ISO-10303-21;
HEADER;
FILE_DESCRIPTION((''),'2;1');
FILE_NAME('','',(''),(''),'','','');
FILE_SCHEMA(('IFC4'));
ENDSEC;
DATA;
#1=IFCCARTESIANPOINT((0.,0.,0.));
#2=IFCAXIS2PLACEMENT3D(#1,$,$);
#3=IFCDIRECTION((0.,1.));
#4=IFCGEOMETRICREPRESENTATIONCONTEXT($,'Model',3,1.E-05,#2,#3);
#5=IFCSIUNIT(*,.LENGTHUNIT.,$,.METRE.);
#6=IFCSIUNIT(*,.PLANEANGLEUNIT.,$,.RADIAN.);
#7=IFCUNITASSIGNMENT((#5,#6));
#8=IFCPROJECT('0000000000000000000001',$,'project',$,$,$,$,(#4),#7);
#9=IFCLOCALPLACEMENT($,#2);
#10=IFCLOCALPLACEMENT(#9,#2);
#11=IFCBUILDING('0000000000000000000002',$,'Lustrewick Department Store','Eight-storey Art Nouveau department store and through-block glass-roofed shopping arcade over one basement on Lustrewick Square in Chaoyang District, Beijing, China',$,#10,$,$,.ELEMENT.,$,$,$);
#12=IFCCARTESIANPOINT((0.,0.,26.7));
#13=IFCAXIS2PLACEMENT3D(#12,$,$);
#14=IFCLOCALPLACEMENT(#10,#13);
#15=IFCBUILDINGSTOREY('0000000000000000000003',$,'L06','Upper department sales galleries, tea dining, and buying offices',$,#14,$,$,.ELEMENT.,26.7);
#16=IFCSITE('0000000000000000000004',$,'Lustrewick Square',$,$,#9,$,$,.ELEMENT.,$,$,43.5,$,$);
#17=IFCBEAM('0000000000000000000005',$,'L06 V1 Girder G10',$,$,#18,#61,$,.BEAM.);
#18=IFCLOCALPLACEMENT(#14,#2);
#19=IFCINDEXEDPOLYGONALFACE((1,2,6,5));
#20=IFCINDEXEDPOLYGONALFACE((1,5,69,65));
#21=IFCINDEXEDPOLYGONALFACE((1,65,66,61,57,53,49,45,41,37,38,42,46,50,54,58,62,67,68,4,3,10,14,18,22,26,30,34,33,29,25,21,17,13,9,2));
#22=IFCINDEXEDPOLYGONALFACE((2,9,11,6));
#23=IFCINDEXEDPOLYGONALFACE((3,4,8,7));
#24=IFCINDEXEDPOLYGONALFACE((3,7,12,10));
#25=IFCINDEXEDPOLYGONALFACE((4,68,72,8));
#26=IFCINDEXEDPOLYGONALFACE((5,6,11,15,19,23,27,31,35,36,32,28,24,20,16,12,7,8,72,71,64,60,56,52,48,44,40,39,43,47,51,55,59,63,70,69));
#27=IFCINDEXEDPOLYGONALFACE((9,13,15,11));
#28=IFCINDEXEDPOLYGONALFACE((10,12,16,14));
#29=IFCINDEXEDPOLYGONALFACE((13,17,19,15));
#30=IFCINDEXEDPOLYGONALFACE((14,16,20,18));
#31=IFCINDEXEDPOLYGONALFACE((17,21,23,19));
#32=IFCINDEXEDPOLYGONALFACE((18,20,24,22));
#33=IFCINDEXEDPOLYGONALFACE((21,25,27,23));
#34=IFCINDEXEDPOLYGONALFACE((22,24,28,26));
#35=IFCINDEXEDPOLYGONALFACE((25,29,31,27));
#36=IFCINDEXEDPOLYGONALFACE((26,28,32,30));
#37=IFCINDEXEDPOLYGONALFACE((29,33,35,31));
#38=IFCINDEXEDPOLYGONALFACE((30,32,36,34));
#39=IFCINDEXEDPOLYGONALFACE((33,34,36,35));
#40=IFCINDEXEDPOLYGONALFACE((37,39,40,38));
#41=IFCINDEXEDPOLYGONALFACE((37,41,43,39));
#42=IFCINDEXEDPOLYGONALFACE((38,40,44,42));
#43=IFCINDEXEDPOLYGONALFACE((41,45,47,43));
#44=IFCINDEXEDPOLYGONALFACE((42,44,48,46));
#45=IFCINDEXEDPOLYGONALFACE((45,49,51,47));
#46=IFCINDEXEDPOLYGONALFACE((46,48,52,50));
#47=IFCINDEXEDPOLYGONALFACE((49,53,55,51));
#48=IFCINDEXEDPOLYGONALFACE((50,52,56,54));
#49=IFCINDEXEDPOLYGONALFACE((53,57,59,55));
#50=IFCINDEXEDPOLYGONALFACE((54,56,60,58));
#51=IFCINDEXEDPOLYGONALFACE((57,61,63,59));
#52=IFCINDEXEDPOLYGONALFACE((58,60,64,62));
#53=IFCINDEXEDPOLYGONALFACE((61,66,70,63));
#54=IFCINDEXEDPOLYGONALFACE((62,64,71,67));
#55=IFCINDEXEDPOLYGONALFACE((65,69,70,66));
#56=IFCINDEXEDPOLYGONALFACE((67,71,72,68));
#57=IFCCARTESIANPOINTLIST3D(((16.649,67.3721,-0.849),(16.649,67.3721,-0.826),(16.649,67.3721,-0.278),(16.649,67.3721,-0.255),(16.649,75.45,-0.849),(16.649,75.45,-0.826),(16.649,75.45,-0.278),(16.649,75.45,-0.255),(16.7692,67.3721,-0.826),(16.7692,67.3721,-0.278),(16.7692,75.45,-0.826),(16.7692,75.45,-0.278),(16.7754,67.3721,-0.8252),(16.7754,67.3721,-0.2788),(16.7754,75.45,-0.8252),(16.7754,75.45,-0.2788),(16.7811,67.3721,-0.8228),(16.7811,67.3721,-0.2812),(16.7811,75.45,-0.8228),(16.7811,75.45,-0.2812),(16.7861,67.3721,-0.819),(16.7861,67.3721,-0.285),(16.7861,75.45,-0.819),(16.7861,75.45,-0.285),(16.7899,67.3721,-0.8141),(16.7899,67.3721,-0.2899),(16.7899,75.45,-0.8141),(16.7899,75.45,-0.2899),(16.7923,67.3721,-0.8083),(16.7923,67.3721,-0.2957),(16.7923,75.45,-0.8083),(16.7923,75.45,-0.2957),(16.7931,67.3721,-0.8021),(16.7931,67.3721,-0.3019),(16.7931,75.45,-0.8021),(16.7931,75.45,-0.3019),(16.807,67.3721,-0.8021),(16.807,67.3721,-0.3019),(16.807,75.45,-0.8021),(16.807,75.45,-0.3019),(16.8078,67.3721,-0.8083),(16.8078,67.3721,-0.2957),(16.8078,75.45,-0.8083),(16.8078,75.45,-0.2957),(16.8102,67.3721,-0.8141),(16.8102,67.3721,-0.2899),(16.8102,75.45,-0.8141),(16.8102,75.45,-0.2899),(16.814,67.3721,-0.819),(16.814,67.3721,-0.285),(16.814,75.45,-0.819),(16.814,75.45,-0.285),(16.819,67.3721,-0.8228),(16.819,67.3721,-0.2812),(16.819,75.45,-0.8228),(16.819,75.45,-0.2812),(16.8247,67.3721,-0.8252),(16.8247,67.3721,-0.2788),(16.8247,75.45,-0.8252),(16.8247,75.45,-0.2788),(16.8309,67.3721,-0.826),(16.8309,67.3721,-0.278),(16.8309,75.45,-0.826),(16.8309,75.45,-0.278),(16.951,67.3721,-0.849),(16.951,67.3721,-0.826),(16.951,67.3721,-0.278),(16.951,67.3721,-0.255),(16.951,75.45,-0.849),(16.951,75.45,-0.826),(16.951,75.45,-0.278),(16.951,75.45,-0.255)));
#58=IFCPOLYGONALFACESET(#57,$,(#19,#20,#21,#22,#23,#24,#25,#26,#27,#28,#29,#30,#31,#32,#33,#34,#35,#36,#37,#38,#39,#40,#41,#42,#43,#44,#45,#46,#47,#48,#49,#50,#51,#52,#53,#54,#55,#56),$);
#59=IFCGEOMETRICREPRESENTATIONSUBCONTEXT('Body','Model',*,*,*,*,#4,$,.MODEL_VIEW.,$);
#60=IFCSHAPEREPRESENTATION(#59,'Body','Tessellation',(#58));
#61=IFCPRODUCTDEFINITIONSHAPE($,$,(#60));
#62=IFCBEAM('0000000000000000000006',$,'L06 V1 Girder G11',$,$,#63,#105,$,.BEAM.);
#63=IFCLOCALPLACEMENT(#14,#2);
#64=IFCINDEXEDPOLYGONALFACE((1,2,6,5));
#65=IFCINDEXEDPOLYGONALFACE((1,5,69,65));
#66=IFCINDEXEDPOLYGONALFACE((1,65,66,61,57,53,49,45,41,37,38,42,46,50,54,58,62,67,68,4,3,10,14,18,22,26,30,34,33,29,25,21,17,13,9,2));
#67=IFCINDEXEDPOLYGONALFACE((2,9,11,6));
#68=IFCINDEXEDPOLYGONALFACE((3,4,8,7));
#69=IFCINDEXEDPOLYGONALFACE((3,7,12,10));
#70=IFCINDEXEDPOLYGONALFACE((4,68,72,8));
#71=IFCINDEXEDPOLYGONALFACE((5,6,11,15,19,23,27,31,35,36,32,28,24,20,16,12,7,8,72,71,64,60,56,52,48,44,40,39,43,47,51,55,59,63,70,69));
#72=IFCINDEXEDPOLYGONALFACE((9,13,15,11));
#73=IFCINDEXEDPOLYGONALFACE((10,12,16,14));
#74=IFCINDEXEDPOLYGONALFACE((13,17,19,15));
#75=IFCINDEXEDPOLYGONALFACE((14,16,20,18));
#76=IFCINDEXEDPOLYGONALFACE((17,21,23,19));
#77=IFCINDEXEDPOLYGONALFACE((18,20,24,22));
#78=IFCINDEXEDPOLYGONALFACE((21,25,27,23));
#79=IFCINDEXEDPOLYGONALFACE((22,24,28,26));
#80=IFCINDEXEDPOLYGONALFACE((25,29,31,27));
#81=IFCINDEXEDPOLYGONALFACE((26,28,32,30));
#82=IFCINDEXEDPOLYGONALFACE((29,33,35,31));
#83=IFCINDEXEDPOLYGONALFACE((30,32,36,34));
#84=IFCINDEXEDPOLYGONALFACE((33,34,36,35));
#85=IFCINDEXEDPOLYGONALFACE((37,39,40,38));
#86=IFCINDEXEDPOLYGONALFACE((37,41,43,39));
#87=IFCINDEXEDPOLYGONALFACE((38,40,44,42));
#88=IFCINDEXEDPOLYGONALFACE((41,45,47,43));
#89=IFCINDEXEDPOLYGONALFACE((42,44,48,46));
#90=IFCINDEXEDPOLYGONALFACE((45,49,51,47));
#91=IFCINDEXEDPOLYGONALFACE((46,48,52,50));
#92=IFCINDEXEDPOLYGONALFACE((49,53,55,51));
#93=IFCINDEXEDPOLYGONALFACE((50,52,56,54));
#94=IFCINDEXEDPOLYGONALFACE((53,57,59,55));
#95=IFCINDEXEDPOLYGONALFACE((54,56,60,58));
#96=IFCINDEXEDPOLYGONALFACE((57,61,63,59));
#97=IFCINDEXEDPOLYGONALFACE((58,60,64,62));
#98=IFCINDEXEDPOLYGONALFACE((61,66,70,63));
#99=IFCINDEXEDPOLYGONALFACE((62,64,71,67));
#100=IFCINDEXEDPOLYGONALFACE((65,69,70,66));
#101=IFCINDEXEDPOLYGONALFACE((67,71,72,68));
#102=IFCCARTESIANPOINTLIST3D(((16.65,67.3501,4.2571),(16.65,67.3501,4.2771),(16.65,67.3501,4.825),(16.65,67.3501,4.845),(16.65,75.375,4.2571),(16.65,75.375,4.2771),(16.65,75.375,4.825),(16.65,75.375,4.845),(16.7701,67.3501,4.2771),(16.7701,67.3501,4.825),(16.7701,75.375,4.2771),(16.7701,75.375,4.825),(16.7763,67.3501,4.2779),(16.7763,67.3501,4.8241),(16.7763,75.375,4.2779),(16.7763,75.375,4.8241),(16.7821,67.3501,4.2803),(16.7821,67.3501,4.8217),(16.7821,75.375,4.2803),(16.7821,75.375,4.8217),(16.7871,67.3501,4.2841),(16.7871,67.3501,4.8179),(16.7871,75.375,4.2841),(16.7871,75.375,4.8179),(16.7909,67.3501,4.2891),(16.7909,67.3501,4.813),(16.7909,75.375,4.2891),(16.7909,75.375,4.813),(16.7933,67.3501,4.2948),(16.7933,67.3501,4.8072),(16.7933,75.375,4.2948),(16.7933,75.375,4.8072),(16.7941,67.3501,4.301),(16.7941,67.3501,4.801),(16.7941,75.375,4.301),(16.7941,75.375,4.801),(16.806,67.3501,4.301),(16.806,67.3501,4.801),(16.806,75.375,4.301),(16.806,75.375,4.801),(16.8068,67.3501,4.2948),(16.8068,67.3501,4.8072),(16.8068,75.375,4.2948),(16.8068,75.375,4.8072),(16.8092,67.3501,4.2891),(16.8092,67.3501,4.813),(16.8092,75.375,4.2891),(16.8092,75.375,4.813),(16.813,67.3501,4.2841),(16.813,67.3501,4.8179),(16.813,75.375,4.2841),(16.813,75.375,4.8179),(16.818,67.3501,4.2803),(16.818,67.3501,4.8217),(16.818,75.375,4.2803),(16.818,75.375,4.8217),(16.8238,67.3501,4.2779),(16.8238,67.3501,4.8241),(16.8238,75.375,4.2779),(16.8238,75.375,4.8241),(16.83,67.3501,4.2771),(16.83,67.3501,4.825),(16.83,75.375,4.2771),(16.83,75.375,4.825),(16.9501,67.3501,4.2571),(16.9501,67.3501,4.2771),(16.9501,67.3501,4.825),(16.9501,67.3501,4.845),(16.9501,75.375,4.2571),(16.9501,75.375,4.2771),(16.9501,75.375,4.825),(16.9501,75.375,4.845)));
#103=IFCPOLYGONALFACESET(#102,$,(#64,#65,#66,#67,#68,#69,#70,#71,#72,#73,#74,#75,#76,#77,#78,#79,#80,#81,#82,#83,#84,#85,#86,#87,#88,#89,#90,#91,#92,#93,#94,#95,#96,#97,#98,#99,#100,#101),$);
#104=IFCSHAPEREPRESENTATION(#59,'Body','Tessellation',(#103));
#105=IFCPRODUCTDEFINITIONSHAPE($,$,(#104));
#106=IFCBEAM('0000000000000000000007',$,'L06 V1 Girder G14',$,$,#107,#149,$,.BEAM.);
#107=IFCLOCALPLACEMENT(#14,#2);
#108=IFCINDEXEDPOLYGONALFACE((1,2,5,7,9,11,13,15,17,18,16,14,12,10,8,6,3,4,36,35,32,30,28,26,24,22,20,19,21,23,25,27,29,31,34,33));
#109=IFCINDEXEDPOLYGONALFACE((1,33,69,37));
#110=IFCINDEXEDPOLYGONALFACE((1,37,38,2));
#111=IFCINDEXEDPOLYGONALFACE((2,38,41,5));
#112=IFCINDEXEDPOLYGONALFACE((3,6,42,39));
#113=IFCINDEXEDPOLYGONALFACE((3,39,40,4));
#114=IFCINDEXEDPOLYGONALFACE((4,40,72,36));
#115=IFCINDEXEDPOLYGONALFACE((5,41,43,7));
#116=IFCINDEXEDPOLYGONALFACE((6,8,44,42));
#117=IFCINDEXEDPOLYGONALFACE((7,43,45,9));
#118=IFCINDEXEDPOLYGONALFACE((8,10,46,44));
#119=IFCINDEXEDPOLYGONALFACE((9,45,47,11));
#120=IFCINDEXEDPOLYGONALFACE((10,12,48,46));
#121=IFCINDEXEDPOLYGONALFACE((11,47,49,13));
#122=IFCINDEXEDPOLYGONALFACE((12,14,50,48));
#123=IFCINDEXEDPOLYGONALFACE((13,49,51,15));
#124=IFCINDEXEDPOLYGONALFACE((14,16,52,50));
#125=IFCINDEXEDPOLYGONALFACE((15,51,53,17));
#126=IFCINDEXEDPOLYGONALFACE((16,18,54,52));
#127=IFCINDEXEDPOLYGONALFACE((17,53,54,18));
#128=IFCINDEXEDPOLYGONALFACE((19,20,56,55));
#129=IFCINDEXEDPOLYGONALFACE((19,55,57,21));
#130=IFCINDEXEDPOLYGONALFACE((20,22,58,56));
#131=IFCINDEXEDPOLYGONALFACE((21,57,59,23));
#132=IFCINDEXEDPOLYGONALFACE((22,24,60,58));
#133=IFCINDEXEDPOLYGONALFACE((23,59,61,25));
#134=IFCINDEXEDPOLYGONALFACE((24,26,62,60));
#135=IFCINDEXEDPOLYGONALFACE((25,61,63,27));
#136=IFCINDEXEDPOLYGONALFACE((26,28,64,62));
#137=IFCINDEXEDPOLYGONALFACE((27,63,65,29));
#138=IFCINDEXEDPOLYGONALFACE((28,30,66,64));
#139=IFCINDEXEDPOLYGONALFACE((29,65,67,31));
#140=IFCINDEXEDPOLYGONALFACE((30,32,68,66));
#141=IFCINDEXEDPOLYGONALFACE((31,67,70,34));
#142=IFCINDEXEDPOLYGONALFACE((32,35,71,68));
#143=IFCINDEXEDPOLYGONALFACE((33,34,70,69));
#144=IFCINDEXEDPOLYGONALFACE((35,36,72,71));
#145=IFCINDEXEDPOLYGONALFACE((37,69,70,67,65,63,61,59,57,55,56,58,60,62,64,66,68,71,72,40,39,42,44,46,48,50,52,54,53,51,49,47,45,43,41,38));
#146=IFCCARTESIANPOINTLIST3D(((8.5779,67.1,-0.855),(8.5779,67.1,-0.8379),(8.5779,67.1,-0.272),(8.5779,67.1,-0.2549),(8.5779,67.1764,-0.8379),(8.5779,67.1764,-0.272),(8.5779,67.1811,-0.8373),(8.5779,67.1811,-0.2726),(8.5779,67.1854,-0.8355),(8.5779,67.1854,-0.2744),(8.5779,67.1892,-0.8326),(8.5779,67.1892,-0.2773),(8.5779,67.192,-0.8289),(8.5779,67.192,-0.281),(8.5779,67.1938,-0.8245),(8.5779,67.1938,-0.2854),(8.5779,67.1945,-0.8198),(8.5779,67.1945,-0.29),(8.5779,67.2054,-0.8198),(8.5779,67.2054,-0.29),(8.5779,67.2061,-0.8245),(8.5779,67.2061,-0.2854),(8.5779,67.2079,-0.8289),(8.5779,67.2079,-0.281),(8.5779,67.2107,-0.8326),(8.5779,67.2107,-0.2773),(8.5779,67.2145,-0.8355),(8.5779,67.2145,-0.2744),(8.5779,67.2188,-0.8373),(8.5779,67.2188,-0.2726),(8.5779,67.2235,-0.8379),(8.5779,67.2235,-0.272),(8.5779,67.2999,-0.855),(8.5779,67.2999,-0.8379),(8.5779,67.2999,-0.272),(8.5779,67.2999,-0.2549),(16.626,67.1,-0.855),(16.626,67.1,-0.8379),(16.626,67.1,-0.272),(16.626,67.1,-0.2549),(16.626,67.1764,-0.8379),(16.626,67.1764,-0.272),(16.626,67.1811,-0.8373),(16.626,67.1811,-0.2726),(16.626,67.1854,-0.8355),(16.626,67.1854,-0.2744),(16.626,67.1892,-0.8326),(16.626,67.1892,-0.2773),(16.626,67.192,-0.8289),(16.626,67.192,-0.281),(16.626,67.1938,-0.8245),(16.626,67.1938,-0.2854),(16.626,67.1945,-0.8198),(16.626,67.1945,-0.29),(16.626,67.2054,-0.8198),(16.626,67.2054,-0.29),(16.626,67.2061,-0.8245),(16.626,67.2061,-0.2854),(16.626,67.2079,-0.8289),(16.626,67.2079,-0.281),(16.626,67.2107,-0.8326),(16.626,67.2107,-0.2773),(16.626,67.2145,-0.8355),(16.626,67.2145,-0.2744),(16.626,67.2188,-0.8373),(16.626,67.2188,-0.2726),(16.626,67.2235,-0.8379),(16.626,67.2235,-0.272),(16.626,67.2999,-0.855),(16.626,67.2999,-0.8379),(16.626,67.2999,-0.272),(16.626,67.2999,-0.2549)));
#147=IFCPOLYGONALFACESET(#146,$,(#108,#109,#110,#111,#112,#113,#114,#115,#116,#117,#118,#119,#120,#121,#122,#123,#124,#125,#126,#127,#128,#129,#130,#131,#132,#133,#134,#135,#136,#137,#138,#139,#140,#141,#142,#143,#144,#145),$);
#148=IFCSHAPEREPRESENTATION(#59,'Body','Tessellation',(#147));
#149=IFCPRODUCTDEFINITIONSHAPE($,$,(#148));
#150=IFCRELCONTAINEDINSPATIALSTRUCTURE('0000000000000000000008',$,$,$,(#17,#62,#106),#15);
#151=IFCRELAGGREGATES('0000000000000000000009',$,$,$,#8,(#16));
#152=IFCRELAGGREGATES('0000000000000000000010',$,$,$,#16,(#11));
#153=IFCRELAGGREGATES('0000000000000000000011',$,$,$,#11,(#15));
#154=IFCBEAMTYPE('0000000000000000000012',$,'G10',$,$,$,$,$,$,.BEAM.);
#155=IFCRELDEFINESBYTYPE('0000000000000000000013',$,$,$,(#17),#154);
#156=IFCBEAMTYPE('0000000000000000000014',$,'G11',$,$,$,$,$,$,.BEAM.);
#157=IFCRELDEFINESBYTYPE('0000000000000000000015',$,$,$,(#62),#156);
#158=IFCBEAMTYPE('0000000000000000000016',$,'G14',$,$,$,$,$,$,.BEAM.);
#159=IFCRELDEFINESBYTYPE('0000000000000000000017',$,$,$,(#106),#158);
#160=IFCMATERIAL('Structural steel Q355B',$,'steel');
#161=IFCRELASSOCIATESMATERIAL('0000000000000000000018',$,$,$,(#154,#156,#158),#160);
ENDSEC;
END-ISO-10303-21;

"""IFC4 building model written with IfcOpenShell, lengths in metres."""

from ifc_helpers import new_model, si_unit, direction, frame, origin, origin_2d, place, context, subcontext, project, spatial, i_section, extrude, material, material_profile, profile_set, type_object, element, save


model = new_model("IFC4")

# Units and contexts
model_context = context("Model", 3, precision=1e-05, world=origin(), true_north=direction((0.0, 1.0)))
body_context = subcontext(model_context, "Body", "Model", "MODEL_VIEW")
ifc_project = project(units=[si_unit("LENGTHUNIT", "METRE"), si_unit("PLANEANGLEUNIT", "RADIAN")], contexts=[model_context])

# Site, building, storey
site_placement = place(None, origin())
site = spatial("IfcSite", under=ifc_project, at=site_placement, Name="Lustrewick Square", CompositionType="ELEMENT", RefElevation=43.5)
building_placement = place(site_placement, origin())
building = spatial("IfcBuilding", under=site, at=building_placement, Name="Lustrewick Department Store", Description="Eight-storey Art Nouveau department store and through-block glass-roofed shopping arcade over one basement on Lustrewick Square in Chaoyang District, Beijing, China", CompositionType="ELEMENT")
storey_placement = place(building_placement, frame((0.0, 0.0, 26.7)))
storey = spatial("IfcBuildingStorey", under=building, at=storey_placement, Name="L06", Description="Upper department sales galleries, tea dining, and buying offices", CompositionType="ELEMENT", Elevation=26.7)

# Shared definitions
ifc_material_1 = material(Name="Structural steel Q355B", Category="steel")

# Beams
ifc_material_profile_1 = material_profile(ifc_material_1, i_section(OverallWidth=0.302, OverallDepth=0.594, WebThickness=0.0139, FlangeThickness=0.0229, FilletRadius=0.0239, at=origin_2d()), Name="HM 594x302x14x23")
ifc_profile_set_1 = profile_set([ifc_material_profile_1], Name="Structural steel Q355B")
beam_type_1 = type_object("IfcBeamType", Name="G10", PredefinedType="BEAM", material=ifc_profile_set_1)
beam_1_placement = place(storey_placement, frame((16.8, 67.3721, -0.552), z_axis=(0.0, 1.0, 0.0), x_axis=(-1.0, 0.0, 0.0)))
element("IfcBeam", 1, at=beam_1_placement, inside=storey, type_object=beam_type_1, Name="L06 V1 Girder G10", PredefinedType="BEAM", context=body_context, shape_type="SweptSolid", body=[
    extrude(i_section(OverallWidth=0.302, OverallDepth=0.594, WebThickness=0.0139, FlangeThickness=0.0229, FilletRadius=0.0239, at=origin_2d()), origin(), (0.0, 0.0, 1.0), 8.0779),
])
ifc_material_profile_2 = material_profile(ifc_material_1, i_section(OverallWidth=0.3, OverallDepth=0.5879, WebThickness=0.012, FlangeThickness=0.02, FilletRadius=0.0239, at=origin_2d()), Name="HM 588x300x12x20")
ifc_profile_set_2 = profile_set([ifc_material_profile_2], Name="Structural steel Q355B")
beam_type_2 = type_object("IfcBeamType", Name="G11", PredefinedType="BEAM", material=ifc_profile_set_2)
beam_2_placement = place(storey_placement, frame((16.8, 67.3501, 4.551), z_axis=(0.0, 1.0, 0.0), x_axis=(-1.0, 0.0, 0.0)))
element("IfcBeam", 2, at=beam_2_placement, inside=storey, type_object=beam_type_2, Name="L06 V1 Girder G11", PredefinedType="BEAM", context=body_context, shape_type="SweptSolid", body=[
    extrude(i_section(OverallWidth=0.3, OverallDepth=0.5879, WebThickness=0.012, FlangeThickness=0.02, FilletRadius=0.0239, at=origin_2d()), origin(), (0.0, 0.0, 1.0), 8.0249),
])
ifc_material_profile_3 = material_profile(ifc_material_1, i_section(OverallWidth=0.2, OverallDepth=0.6001, WebThickness=0.011, FlangeThickness=0.0171, FilletRadius=0.0181, at=origin_2d()), Name="HN 600x200x11x17")
ifc_profile_set_3 = profile_set([ifc_material_profile_3], Name="Structural steel Q355B")
beam_type_3 = type_object("IfcBeamType", Name="G14", PredefinedType="BEAM", material=ifc_profile_set_3)
beam_3_placement = place(storey_placement, frame((8.5779, 67.2, -0.5549), z_axis=(1.0, 0.0, 0.0), x_axis=(0.0, 1.0, 0.0)))
element("IfcBeam", 3, at=beam_3_placement, inside=storey, type_object=beam_type_3, Name="L06 V1 Girder G14", PredefinedType="BEAM", context=body_context, shape_type="SweptSolid", body=[
    extrude(i_section(OverallWidth=0.2, OverallDepth=0.6001, WebThickness=0.011, FlangeThickness=0.0171, FilletRadius=0.0181, at=origin_2d()), origin(), (0.0, 0.0, 1.0), 8.0481),
])

save(model, "model.ifc")
